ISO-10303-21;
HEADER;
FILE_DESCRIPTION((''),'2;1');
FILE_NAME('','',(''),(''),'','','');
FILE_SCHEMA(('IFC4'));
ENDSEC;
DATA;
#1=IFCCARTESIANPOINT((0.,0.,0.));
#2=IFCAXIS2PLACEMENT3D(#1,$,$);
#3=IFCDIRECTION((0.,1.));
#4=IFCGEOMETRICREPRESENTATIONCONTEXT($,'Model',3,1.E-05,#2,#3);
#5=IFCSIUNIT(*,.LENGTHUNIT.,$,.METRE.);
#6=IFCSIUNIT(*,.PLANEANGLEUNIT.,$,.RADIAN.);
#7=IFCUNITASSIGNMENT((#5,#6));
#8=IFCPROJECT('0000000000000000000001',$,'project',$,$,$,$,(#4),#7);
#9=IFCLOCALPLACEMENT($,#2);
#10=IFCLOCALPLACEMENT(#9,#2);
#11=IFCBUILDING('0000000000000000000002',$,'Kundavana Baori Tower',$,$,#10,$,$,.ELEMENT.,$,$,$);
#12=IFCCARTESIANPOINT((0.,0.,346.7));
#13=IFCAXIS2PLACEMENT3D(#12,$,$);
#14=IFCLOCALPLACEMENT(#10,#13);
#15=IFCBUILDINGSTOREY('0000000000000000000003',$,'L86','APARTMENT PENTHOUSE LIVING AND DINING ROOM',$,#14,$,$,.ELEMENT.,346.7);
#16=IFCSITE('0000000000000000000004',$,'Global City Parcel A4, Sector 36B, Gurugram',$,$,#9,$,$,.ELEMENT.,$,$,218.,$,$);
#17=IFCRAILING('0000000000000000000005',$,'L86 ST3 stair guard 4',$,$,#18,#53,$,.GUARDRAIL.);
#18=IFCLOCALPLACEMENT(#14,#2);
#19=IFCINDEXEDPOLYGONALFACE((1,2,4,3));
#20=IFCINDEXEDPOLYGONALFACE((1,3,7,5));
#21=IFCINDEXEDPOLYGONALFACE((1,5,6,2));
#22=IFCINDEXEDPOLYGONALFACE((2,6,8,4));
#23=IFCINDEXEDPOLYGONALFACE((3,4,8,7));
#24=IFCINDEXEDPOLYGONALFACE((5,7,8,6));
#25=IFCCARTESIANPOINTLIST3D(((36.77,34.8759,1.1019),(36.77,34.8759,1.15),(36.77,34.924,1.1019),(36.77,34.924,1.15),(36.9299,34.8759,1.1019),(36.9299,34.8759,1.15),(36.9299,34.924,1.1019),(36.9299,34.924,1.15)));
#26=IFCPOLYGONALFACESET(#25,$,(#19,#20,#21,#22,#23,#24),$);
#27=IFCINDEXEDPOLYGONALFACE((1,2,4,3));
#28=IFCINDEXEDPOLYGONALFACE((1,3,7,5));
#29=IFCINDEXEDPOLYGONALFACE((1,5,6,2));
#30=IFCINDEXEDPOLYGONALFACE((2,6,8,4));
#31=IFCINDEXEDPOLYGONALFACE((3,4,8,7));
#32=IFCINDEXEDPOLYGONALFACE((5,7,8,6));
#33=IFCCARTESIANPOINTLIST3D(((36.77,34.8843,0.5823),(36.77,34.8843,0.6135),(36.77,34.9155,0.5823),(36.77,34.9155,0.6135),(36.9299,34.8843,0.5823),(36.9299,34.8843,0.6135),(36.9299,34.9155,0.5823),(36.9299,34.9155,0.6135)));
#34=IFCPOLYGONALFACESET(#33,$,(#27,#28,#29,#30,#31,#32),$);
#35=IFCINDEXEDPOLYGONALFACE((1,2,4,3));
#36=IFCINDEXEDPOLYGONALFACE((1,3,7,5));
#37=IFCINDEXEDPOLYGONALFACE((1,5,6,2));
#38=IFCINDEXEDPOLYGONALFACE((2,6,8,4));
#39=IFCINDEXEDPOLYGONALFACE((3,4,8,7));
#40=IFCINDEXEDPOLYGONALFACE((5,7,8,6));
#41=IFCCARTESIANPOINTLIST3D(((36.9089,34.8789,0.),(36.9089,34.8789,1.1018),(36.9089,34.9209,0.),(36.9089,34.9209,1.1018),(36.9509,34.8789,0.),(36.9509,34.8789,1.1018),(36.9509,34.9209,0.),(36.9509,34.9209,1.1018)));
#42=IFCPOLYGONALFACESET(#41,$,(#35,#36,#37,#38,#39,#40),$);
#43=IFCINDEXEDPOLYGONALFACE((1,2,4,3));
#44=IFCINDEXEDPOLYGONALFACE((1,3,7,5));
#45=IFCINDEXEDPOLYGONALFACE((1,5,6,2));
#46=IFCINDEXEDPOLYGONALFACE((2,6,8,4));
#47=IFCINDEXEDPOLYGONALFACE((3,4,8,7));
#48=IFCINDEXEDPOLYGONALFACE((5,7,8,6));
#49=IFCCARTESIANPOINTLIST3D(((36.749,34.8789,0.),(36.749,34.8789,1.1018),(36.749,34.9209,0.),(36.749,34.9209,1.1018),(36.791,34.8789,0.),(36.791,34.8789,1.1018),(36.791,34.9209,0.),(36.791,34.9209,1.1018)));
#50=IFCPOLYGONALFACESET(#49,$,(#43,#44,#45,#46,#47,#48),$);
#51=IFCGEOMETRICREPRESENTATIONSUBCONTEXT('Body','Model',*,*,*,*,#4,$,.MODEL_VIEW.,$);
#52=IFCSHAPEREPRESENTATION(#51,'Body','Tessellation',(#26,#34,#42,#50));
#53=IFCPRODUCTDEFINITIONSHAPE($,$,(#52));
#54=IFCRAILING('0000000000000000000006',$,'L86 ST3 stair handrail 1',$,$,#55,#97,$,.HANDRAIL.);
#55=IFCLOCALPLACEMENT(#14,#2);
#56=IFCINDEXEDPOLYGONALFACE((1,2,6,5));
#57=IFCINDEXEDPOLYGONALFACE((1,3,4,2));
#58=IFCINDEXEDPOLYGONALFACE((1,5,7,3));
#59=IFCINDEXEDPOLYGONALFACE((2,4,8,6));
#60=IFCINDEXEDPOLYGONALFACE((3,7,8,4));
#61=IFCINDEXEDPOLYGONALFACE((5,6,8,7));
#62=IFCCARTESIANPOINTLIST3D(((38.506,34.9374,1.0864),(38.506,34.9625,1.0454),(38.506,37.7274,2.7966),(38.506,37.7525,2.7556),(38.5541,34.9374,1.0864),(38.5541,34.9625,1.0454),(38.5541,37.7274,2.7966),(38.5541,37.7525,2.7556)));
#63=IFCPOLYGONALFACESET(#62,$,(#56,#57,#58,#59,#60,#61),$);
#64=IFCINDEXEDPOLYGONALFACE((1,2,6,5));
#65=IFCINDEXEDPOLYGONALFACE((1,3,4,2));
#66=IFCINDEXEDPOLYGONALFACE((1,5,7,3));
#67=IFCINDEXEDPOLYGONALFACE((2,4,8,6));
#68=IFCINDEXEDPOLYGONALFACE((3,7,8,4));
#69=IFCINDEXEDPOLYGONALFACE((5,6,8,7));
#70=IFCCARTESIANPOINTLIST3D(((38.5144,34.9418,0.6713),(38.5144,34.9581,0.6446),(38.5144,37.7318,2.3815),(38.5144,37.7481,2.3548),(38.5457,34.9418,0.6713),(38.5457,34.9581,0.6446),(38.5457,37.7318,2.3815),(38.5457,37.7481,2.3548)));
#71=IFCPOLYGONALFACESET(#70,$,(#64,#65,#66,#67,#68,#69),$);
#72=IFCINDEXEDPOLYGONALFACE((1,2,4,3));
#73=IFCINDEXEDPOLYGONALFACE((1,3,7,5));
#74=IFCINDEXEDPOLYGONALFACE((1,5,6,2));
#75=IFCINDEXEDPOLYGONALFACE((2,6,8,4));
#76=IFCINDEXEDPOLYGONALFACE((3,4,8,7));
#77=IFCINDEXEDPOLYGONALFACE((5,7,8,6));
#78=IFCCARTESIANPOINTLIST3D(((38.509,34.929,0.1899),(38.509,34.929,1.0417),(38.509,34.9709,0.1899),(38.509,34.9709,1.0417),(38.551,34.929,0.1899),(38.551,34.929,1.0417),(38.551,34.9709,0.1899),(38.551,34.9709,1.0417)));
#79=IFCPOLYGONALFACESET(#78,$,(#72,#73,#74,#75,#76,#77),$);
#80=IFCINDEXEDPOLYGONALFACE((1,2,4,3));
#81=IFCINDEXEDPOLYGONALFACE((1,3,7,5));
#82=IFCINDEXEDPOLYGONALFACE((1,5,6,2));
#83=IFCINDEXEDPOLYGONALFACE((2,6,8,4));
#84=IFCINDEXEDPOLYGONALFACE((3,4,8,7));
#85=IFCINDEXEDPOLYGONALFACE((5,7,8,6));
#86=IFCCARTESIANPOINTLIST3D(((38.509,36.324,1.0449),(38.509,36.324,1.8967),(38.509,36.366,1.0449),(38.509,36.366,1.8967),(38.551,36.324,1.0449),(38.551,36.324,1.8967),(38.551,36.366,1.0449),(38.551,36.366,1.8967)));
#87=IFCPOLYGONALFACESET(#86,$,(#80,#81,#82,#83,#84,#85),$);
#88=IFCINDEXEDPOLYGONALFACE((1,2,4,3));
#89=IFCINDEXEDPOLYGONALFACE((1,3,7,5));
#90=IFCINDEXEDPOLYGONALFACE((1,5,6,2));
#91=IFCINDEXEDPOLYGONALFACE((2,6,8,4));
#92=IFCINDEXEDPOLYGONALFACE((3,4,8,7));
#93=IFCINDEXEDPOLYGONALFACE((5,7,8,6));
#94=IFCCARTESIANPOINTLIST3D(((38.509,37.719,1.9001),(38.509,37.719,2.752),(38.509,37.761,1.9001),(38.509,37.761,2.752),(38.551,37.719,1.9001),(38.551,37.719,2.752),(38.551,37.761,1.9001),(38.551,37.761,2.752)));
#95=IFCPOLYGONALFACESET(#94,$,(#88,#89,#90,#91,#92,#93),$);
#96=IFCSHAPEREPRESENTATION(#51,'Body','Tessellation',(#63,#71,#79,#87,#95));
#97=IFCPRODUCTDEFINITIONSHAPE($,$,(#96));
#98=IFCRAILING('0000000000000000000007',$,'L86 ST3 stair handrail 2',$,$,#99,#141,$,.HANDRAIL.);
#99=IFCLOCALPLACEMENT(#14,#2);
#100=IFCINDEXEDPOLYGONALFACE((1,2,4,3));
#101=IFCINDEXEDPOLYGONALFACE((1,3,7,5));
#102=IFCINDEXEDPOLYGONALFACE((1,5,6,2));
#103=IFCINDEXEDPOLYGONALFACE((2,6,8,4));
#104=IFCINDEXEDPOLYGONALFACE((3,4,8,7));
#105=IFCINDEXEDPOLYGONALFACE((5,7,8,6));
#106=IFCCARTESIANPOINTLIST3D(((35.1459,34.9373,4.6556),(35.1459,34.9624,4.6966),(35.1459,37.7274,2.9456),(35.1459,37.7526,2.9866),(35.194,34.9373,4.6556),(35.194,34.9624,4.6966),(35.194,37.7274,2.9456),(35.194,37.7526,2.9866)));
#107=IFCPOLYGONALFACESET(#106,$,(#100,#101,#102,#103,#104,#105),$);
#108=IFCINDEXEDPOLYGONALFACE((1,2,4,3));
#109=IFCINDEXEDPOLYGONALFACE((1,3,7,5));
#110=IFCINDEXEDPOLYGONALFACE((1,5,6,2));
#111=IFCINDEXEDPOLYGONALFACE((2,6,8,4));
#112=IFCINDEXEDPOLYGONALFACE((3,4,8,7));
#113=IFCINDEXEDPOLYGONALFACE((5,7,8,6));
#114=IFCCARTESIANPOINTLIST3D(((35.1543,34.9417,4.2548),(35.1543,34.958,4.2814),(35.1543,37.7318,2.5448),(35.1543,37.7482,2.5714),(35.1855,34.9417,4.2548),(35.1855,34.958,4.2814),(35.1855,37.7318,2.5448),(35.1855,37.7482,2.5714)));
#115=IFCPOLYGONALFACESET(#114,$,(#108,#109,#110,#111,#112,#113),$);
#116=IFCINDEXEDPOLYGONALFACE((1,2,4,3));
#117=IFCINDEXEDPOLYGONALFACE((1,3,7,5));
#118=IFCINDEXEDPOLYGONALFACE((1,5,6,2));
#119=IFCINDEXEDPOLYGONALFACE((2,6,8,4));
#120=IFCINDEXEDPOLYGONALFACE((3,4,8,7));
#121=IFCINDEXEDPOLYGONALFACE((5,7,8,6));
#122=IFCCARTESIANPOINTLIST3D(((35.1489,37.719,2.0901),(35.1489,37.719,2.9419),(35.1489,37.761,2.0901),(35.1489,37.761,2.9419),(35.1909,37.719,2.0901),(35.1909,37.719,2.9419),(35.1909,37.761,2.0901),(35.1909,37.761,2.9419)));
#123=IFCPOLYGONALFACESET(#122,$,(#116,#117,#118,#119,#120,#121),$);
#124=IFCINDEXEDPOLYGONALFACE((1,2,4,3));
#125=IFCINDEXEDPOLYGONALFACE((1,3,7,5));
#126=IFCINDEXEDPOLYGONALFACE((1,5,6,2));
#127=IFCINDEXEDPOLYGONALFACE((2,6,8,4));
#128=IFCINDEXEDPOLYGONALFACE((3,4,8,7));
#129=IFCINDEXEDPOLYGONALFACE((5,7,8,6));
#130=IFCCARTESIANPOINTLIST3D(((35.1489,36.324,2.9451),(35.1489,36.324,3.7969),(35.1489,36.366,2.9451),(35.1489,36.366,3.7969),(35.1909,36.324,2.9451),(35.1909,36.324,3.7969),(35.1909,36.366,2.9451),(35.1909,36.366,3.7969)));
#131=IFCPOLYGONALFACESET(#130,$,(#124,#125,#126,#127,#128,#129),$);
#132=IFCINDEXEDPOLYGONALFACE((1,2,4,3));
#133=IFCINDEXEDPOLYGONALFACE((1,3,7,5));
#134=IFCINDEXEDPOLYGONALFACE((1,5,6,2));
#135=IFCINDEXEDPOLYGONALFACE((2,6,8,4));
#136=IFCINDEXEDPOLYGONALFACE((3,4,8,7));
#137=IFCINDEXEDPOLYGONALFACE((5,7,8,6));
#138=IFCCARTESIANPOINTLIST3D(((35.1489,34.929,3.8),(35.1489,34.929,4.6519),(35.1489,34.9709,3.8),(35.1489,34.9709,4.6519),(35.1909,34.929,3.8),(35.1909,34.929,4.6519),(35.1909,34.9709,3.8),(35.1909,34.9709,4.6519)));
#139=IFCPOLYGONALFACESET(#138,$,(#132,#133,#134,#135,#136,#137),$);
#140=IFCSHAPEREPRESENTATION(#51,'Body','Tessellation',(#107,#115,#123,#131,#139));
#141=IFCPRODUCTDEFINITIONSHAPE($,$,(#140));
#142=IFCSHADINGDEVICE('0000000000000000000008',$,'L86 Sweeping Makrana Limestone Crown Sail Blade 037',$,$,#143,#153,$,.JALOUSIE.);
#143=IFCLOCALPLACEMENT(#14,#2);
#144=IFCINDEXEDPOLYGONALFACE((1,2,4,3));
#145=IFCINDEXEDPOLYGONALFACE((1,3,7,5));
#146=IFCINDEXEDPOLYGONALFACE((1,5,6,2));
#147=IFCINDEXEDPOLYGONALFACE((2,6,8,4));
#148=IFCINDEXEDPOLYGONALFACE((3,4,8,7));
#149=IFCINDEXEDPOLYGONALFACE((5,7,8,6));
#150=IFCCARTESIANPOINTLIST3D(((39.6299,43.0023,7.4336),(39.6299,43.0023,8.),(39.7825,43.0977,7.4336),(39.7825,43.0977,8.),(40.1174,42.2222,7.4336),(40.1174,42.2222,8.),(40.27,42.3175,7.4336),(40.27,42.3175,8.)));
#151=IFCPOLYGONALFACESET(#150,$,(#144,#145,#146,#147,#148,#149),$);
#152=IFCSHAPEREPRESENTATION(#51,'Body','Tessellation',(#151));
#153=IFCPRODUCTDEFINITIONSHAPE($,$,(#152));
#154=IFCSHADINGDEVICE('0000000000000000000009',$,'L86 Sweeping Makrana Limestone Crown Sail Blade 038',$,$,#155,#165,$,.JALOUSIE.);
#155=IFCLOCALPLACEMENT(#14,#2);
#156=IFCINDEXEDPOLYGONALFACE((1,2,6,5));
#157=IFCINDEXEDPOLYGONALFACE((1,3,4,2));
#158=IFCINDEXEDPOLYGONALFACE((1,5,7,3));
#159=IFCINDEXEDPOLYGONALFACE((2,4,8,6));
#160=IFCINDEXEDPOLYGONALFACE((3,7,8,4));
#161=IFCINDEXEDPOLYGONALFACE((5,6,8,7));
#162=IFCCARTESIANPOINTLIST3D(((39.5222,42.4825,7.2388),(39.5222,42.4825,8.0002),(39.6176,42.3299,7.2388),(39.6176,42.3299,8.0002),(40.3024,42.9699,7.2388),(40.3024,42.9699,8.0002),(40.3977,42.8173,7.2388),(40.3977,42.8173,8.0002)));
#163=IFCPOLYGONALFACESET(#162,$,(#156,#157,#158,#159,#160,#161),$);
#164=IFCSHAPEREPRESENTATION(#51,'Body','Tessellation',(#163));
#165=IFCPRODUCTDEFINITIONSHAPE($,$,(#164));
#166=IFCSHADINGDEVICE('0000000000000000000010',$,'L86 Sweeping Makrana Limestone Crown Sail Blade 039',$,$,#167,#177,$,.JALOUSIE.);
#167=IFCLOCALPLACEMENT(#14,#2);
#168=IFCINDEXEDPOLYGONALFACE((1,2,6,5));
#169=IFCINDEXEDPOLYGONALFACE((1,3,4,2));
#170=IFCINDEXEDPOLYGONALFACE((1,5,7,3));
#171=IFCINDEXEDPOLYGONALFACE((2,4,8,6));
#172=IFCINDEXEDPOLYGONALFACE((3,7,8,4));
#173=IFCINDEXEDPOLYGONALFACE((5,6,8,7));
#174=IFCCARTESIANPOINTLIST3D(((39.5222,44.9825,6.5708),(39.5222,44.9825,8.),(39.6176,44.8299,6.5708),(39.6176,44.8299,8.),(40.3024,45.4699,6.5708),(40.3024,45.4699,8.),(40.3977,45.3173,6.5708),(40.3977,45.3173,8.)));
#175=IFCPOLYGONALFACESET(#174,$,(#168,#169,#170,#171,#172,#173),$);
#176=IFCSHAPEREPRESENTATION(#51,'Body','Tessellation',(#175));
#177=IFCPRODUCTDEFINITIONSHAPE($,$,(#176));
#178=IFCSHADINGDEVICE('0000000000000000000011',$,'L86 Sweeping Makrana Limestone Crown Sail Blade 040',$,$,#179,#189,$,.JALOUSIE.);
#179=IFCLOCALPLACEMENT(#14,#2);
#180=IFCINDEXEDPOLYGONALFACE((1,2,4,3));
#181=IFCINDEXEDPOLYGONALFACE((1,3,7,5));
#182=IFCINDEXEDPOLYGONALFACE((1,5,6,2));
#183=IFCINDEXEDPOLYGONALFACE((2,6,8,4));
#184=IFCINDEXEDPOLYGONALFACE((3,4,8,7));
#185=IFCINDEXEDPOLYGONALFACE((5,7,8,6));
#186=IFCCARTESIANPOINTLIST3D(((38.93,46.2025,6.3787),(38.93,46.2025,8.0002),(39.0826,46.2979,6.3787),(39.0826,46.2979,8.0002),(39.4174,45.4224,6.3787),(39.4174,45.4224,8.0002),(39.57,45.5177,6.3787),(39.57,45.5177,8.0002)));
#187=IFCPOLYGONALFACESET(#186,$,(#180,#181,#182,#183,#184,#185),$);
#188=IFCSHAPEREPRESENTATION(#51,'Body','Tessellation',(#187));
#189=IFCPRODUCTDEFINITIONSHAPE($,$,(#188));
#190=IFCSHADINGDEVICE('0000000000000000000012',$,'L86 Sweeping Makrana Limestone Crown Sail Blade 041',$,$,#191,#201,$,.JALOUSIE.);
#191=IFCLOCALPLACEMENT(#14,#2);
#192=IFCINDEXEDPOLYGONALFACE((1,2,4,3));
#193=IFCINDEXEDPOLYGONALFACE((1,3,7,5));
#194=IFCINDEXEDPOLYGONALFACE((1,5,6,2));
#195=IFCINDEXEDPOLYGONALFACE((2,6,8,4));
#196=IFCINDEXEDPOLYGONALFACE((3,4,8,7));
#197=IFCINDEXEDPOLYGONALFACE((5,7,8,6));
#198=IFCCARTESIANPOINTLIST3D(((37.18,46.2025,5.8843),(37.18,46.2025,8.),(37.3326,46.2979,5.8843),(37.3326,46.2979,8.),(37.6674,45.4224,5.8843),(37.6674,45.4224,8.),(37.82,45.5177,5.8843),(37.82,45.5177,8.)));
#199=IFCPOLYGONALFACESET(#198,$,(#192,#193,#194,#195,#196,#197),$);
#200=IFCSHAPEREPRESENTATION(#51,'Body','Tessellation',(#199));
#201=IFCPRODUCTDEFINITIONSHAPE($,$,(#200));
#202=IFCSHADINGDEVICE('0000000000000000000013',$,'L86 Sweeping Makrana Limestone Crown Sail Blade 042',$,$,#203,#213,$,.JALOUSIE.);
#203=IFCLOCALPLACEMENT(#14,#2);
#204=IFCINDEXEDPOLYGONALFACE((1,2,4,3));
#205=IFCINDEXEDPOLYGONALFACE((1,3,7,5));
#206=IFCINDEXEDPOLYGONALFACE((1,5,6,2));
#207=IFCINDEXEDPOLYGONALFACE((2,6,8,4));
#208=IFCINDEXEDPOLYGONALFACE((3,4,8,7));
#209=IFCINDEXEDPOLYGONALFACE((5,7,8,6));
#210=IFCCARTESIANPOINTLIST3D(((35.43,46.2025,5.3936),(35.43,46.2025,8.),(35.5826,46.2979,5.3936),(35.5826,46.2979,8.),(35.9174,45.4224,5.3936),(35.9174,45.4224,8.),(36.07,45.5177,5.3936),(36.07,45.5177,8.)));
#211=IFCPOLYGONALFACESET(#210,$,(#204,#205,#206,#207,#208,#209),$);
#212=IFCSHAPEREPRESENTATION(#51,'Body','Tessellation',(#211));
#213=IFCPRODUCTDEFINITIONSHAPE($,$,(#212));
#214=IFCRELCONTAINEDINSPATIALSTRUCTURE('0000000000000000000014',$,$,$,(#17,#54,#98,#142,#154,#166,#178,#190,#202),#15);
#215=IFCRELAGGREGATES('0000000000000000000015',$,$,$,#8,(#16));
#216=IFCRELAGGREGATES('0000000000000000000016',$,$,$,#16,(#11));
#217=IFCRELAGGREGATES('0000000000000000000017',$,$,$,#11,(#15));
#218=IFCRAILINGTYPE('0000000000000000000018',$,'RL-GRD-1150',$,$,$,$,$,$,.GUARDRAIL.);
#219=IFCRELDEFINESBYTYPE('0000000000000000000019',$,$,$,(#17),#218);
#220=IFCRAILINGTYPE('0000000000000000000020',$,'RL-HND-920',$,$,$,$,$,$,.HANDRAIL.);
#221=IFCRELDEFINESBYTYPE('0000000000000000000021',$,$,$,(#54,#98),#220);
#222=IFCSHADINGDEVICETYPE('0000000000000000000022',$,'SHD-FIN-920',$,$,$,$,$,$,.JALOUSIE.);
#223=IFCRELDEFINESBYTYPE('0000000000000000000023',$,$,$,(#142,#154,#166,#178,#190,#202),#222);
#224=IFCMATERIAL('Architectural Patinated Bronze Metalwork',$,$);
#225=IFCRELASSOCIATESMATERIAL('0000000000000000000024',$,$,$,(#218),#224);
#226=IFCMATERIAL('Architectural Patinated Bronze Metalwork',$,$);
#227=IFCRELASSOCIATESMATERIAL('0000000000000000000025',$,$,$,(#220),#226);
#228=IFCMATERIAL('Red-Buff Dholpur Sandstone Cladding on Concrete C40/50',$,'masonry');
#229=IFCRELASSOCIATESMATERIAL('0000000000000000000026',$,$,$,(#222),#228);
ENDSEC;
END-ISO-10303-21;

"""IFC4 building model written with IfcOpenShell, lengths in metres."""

from ifc_helpers import new_model, si_unit, direction, frame, origin, origin_2d, place, context, subcontext, project, spatial, rectangle, extrude, material, type_object, element, save


model = new_model("IFC4")

# Units and contexts
model_context = context("Model", 3, precision=1e-05, world=origin(), true_north=direction((0.0, 1.0)))
body_context = subcontext(model_context, "Body", "Model", "MODEL_VIEW")
ifc_project = project(units=[si_unit("LENGTHUNIT", "METRE"), si_unit("PLANEANGLEUNIT", "RADIAN")], contexts=[model_context])

# Site, building, storey
site_placement = place(None, origin())
site = spatial("IfcSite", under=ifc_project, at=site_placement, Name="Global City Parcel A4, Sector 36B, Gurugram", CompositionType="ELEMENT", RefElevation=218.0)
building_placement = place(site_placement, origin())
building = spatial("IfcBuilding", under=site, at=building_placement, Name="Kundavana Baori Tower", CompositionType="ELEMENT")
storey_placement = place(building_placement, frame((0.0, 0.0, 346.7)))
storey = spatial("IfcBuildingStorey", under=building, at=storey_placement, Name="L86", Description="APARTMENT PENTHOUSE LIVING AND DINING ROOM", CompositionType="ELEMENT", Elevation=346.7)

# Railings
ifc_material_1 = material(Name="Architectural Patinated Bronze Metalwork")
railing_type_1 = type_object("IfcRailingType", Name="RL-GRD-1150", PredefinedType="GUARDRAIL", material=ifc_material_1)
railing_1_placement = place(storey_placement, frame((36.9299, 34.8999, 0.0)))
element("IfcRailing", 1, at=railing_1_placement, inside=storey, type_object=railing_type_1, Name="L86 ST3 stair guard 4", PredefinedType="GUARDRAIL", context=body_context, shape_type="SweptSolid", body=[
    extrude(rectangle(XDim=0.0481, YDim=0.0481, at=origin_2d()), frame((0.0, 0.0, 1.126), z_axis=(-1.0, 0.0, 0.0), x_axis=(0.0, -1.0, 0.0)), (0.0, 0.0, 1.0), 0.1599),
    extrude(rectangle(XDim=0.0312, YDim=0.0312, at=origin_2d()), frame((0.0, 0.0, 0.5979), z_axis=(-1.0, 0.0, 0.0), x_axis=(0.0, -1.0, 0.0)), (0.0, 0.0, 1.0), 0.1599),
    extrude(rectangle(XDim=0.042, YDim=0.042, at=origin_2d()), origin(), (0.0, 0.0, 1.0), 1.1018),
    extrude(rectangle(XDim=0.042, YDim=0.042, at=origin_2d()), frame((-0.1599, 0.0, 0.0)), (0.0, 0.0, 1.0), 1.1018),
])
ifc_material_2 = material(Name="Architectural Patinated Bronze Metalwork")
railing_type_2 = type_object("IfcRailingType", Name="RL-HND-920", PredefinedType="HANDRAIL", material=ifc_material_2)
railing_2_placement = place(storey_placement, frame((38.53, 34.95, 0.1899)))
element("IfcRailing", 2, at=railing_2_placement, inside=storey, type_object=railing_type_2, Name="L86 ST3 stair handrail 1", PredefinedType="HANDRAIL", context=body_context, shape_type="SweptSolid", body=[
    extrude(rectangle(XDim=0.0481, YDim=0.0481, at=origin_2d()), frame((0.0, 0.0, 0.876), z_axis=(0.0, 0.852577, 0.522602), x_axis=(-1.0, 0.0, 0.0)), (0.0, 0.0, 1.0), 3.2725),
    extrude(rectangle(XDim=0.0312, YDim=0.0312, at=origin_2d()), frame((0.0, 0.0, 0.468), z_axis=(0.0, 0.852577, 0.522602), x_axis=(-1.0, 0.0, 0.0)), (0.0, 0.0, 1.0), 3.2725),
    extrude(rectangle(XDim=0.042, YDim=0.042, at=origin_2d()), origin(), (0.0, 0.0, 1.0), 0.8518),
    extrude(rectangle(XDim=0.042, YDim=0.042, at=origin_2d()), frame((0.0, 1.395, 0.855)), (0.0, 0.0, 1.0), 0.8518),
    extrude(rectangle(XDim=0.042, YDim=0.042, at=origin_2d()), frame((0.0, 2.79, 1.7102)), (0.0, 0.0, 1.0), 0.8518),
])
railing_3_placement = place(storey_placement, frame((35.1699, 37.74, 2.0901)))
element("IfcRailing", 3, at=railing_3_placement, inside=storey, type_object=railing_type_2, Name="L86 ST3 stair handrail 2", PredefinedType="HANDRAIL", context=body_context, shape_type="SweptSolid", body=[
    extrude(rectangle(XDim=0.0481, YDim=0.0481, at=origin_2d()), frame((0.0, 0.0, 0.876), z_axis=(0.0, -0.85261, 0.522548), x_axis=(1.0, 0.0, 0.0)), (0.0, 0.0, 1.0), 3.2725),
    extrude(rectangle(XDim=0.0312, YDim=0.0312, at=origin_2d()), frame((0.0, 0.0, 0.468), z_axis=(0.0, -0.85261, 0.522548), x_axis=(1.0, 0.0, 0.0)), (0.0, 0.0, 1.0), 3.2725),
    extrude(rectangle(XDim=0.042, YDim=0.042, at=origin_2d()), origin(), (0.0, 0.0, 1.0), 0.8518),
    extrude(rectangle(XDim=0.042, YDim=0.042, at=origin_2d()), frame((0.0, -1.395, 0.855)), (0.0, 0.0, 1.0), 0.8518),
    extrude(rectangle(XDim=0.042, YDim=0.042, at=origin_2d()), frame((0.0, -2.79, 1.71)), (0.0, 0.0, 1.0), 0.8518),
])

# Shading devices
ifc_material_3 = material(Name="Red-Buff Dholpur Sandstone Cladding on Concrete C40/50", Category="masonry")
shading_device_type = type_object("IfcShadingDeviceType", Name="SHD-FIN-920", PredefinedType="JALOUSIE", material=ifc_material_3)
shading_device_1_placement = place(storey_placement, frame((39.95, 42.6599, 7.4336), z_axis=(0.0, 0.0, 1.0), x_axis=(0.848048, 0.529919, 0.0)))
element("IfcShadingDevice", 4, at=shading_device_1_placement, inside=storey, type_object=shading_device_type, Name="L86 Sweeping Makrana Limestone Crown Sail Blade 037", PredefinedType="JALOUSIE", context=body_context, shape_type="SweptSolid", body=[
    extrude(rectangle(XDim=0.1799, YDim=0.9199, at=origin_2d()), origin(), (0.0, 0.0, 1.0), 0.5664),
])
shading_device_2_placement = place(storey_placement, frame((39.96, 42.6499, 7.2388), z_axis=(0.0, 0.0, 1.0), x_axis=(-0.529919, 0.848048, 0.0)))
element("IfcShadingDevice", 5, at=shading_device_2_placement, inside=storey, type_object=shading_device_type, Name="L86 Sweeping Makrana Limestone Crown Sail Blade 038", PredefinedType="JALOUSIE", context=body_context, shape_type="SweptSolid", body=[
    extrude(rectangle(XDim=0.1799, YDim=0.9199, at=origin_2d()), origin(), (0.0, 0.0, 1.0), 0.7615),
])
shading_device_3_placement = place(storey_placement, frame((39.96, 45.1499, 6.5708), z_axis=(0.0, 0.0, 1.0), x_axis=(-0.529919, 0.848048, 0.0)))
element("IfcShadingDevice", 6, at=shading_device_3_placement, inside=storey, type_object=shading_device_type, Name="L86 Sweeping Makrana Limestone Crown Sail Blade 039", PredefinedType="JALOUSIE", context=body_context, shape_type="SweptSolid", body=[
    extrude(rectangle(XDim=0.1799, YDim=0.9199, at=origin_2d()), origin(), (0.0, 0.0, 1.0), 1.4292),
])
shading_device_4_placement = place(storey_placement, frame((39.25, 45.8601, 6.3787), z_axis=(0.0, 0.0, 1.0), x_axis=(0.848048, 0.529919, 0.0)))
element("IfcShadingDevice", 7, at=shading_device_4_placement, inside=storey, type_object=shading_device_type, Name="L86 Sweeping Makrana Limestone Crown Sail Blade 040", PredefinedType="JALOUSIE", context=body_context, shape_type="SweptSolid", body=[
    extrude(rectangle(XDim=0.1799, YDim=0.9199, at=origin_2d()), origin(), (0.0, 0.0, 1.0), 1.6216),
])
shading_device_5_placement = place(storey_placement, frame((37.5, 45.8601, 5.8843), z_axis=(0.0, 0.0, 1.0), x_axis=(0.848048, 0.529919, 0.0)))
element("IfcShadingDevice", 8, at=shading_device_5_placement, inside=storey, type_object=shading_device_type, Name="L86 Sweeping Makrana Limestone Crown Sail Blade 041", PredefinedType="JALOUSIE", context=body_context, shape_type="SweptSolid", body=[
    extrude(rectangle(XDim=0.1799, YDim=0.9199, at=origin_2d()), origin(), (0.0, 0.0, 1.0), 2.1157),
])
shading_device_6_placement = place(storey_placement, frame((35.75, 45.8601, 5.3936), z_axis=(0.0, 0.0, 1.0), x_axis=(0.848048, 0.529919, 0.0)))
element("IfcShadingDevice", 9, at=shading_device_6_placement, inside=storey, type_object=shading_device_type, Name="L86 Sweeping Makrana Limestone Crown Sail Blade 042", PredefinedType="JALOUSIE", context=body_context, shape_type="SweptSolid", body=[
    extrude(rectangle(XDim=0.1799, YDim=0.9199, at=origin_2d()), origin(), (0.0, 0.0, 1.0), 2.6064),
])

save(model, "model.ifc")
